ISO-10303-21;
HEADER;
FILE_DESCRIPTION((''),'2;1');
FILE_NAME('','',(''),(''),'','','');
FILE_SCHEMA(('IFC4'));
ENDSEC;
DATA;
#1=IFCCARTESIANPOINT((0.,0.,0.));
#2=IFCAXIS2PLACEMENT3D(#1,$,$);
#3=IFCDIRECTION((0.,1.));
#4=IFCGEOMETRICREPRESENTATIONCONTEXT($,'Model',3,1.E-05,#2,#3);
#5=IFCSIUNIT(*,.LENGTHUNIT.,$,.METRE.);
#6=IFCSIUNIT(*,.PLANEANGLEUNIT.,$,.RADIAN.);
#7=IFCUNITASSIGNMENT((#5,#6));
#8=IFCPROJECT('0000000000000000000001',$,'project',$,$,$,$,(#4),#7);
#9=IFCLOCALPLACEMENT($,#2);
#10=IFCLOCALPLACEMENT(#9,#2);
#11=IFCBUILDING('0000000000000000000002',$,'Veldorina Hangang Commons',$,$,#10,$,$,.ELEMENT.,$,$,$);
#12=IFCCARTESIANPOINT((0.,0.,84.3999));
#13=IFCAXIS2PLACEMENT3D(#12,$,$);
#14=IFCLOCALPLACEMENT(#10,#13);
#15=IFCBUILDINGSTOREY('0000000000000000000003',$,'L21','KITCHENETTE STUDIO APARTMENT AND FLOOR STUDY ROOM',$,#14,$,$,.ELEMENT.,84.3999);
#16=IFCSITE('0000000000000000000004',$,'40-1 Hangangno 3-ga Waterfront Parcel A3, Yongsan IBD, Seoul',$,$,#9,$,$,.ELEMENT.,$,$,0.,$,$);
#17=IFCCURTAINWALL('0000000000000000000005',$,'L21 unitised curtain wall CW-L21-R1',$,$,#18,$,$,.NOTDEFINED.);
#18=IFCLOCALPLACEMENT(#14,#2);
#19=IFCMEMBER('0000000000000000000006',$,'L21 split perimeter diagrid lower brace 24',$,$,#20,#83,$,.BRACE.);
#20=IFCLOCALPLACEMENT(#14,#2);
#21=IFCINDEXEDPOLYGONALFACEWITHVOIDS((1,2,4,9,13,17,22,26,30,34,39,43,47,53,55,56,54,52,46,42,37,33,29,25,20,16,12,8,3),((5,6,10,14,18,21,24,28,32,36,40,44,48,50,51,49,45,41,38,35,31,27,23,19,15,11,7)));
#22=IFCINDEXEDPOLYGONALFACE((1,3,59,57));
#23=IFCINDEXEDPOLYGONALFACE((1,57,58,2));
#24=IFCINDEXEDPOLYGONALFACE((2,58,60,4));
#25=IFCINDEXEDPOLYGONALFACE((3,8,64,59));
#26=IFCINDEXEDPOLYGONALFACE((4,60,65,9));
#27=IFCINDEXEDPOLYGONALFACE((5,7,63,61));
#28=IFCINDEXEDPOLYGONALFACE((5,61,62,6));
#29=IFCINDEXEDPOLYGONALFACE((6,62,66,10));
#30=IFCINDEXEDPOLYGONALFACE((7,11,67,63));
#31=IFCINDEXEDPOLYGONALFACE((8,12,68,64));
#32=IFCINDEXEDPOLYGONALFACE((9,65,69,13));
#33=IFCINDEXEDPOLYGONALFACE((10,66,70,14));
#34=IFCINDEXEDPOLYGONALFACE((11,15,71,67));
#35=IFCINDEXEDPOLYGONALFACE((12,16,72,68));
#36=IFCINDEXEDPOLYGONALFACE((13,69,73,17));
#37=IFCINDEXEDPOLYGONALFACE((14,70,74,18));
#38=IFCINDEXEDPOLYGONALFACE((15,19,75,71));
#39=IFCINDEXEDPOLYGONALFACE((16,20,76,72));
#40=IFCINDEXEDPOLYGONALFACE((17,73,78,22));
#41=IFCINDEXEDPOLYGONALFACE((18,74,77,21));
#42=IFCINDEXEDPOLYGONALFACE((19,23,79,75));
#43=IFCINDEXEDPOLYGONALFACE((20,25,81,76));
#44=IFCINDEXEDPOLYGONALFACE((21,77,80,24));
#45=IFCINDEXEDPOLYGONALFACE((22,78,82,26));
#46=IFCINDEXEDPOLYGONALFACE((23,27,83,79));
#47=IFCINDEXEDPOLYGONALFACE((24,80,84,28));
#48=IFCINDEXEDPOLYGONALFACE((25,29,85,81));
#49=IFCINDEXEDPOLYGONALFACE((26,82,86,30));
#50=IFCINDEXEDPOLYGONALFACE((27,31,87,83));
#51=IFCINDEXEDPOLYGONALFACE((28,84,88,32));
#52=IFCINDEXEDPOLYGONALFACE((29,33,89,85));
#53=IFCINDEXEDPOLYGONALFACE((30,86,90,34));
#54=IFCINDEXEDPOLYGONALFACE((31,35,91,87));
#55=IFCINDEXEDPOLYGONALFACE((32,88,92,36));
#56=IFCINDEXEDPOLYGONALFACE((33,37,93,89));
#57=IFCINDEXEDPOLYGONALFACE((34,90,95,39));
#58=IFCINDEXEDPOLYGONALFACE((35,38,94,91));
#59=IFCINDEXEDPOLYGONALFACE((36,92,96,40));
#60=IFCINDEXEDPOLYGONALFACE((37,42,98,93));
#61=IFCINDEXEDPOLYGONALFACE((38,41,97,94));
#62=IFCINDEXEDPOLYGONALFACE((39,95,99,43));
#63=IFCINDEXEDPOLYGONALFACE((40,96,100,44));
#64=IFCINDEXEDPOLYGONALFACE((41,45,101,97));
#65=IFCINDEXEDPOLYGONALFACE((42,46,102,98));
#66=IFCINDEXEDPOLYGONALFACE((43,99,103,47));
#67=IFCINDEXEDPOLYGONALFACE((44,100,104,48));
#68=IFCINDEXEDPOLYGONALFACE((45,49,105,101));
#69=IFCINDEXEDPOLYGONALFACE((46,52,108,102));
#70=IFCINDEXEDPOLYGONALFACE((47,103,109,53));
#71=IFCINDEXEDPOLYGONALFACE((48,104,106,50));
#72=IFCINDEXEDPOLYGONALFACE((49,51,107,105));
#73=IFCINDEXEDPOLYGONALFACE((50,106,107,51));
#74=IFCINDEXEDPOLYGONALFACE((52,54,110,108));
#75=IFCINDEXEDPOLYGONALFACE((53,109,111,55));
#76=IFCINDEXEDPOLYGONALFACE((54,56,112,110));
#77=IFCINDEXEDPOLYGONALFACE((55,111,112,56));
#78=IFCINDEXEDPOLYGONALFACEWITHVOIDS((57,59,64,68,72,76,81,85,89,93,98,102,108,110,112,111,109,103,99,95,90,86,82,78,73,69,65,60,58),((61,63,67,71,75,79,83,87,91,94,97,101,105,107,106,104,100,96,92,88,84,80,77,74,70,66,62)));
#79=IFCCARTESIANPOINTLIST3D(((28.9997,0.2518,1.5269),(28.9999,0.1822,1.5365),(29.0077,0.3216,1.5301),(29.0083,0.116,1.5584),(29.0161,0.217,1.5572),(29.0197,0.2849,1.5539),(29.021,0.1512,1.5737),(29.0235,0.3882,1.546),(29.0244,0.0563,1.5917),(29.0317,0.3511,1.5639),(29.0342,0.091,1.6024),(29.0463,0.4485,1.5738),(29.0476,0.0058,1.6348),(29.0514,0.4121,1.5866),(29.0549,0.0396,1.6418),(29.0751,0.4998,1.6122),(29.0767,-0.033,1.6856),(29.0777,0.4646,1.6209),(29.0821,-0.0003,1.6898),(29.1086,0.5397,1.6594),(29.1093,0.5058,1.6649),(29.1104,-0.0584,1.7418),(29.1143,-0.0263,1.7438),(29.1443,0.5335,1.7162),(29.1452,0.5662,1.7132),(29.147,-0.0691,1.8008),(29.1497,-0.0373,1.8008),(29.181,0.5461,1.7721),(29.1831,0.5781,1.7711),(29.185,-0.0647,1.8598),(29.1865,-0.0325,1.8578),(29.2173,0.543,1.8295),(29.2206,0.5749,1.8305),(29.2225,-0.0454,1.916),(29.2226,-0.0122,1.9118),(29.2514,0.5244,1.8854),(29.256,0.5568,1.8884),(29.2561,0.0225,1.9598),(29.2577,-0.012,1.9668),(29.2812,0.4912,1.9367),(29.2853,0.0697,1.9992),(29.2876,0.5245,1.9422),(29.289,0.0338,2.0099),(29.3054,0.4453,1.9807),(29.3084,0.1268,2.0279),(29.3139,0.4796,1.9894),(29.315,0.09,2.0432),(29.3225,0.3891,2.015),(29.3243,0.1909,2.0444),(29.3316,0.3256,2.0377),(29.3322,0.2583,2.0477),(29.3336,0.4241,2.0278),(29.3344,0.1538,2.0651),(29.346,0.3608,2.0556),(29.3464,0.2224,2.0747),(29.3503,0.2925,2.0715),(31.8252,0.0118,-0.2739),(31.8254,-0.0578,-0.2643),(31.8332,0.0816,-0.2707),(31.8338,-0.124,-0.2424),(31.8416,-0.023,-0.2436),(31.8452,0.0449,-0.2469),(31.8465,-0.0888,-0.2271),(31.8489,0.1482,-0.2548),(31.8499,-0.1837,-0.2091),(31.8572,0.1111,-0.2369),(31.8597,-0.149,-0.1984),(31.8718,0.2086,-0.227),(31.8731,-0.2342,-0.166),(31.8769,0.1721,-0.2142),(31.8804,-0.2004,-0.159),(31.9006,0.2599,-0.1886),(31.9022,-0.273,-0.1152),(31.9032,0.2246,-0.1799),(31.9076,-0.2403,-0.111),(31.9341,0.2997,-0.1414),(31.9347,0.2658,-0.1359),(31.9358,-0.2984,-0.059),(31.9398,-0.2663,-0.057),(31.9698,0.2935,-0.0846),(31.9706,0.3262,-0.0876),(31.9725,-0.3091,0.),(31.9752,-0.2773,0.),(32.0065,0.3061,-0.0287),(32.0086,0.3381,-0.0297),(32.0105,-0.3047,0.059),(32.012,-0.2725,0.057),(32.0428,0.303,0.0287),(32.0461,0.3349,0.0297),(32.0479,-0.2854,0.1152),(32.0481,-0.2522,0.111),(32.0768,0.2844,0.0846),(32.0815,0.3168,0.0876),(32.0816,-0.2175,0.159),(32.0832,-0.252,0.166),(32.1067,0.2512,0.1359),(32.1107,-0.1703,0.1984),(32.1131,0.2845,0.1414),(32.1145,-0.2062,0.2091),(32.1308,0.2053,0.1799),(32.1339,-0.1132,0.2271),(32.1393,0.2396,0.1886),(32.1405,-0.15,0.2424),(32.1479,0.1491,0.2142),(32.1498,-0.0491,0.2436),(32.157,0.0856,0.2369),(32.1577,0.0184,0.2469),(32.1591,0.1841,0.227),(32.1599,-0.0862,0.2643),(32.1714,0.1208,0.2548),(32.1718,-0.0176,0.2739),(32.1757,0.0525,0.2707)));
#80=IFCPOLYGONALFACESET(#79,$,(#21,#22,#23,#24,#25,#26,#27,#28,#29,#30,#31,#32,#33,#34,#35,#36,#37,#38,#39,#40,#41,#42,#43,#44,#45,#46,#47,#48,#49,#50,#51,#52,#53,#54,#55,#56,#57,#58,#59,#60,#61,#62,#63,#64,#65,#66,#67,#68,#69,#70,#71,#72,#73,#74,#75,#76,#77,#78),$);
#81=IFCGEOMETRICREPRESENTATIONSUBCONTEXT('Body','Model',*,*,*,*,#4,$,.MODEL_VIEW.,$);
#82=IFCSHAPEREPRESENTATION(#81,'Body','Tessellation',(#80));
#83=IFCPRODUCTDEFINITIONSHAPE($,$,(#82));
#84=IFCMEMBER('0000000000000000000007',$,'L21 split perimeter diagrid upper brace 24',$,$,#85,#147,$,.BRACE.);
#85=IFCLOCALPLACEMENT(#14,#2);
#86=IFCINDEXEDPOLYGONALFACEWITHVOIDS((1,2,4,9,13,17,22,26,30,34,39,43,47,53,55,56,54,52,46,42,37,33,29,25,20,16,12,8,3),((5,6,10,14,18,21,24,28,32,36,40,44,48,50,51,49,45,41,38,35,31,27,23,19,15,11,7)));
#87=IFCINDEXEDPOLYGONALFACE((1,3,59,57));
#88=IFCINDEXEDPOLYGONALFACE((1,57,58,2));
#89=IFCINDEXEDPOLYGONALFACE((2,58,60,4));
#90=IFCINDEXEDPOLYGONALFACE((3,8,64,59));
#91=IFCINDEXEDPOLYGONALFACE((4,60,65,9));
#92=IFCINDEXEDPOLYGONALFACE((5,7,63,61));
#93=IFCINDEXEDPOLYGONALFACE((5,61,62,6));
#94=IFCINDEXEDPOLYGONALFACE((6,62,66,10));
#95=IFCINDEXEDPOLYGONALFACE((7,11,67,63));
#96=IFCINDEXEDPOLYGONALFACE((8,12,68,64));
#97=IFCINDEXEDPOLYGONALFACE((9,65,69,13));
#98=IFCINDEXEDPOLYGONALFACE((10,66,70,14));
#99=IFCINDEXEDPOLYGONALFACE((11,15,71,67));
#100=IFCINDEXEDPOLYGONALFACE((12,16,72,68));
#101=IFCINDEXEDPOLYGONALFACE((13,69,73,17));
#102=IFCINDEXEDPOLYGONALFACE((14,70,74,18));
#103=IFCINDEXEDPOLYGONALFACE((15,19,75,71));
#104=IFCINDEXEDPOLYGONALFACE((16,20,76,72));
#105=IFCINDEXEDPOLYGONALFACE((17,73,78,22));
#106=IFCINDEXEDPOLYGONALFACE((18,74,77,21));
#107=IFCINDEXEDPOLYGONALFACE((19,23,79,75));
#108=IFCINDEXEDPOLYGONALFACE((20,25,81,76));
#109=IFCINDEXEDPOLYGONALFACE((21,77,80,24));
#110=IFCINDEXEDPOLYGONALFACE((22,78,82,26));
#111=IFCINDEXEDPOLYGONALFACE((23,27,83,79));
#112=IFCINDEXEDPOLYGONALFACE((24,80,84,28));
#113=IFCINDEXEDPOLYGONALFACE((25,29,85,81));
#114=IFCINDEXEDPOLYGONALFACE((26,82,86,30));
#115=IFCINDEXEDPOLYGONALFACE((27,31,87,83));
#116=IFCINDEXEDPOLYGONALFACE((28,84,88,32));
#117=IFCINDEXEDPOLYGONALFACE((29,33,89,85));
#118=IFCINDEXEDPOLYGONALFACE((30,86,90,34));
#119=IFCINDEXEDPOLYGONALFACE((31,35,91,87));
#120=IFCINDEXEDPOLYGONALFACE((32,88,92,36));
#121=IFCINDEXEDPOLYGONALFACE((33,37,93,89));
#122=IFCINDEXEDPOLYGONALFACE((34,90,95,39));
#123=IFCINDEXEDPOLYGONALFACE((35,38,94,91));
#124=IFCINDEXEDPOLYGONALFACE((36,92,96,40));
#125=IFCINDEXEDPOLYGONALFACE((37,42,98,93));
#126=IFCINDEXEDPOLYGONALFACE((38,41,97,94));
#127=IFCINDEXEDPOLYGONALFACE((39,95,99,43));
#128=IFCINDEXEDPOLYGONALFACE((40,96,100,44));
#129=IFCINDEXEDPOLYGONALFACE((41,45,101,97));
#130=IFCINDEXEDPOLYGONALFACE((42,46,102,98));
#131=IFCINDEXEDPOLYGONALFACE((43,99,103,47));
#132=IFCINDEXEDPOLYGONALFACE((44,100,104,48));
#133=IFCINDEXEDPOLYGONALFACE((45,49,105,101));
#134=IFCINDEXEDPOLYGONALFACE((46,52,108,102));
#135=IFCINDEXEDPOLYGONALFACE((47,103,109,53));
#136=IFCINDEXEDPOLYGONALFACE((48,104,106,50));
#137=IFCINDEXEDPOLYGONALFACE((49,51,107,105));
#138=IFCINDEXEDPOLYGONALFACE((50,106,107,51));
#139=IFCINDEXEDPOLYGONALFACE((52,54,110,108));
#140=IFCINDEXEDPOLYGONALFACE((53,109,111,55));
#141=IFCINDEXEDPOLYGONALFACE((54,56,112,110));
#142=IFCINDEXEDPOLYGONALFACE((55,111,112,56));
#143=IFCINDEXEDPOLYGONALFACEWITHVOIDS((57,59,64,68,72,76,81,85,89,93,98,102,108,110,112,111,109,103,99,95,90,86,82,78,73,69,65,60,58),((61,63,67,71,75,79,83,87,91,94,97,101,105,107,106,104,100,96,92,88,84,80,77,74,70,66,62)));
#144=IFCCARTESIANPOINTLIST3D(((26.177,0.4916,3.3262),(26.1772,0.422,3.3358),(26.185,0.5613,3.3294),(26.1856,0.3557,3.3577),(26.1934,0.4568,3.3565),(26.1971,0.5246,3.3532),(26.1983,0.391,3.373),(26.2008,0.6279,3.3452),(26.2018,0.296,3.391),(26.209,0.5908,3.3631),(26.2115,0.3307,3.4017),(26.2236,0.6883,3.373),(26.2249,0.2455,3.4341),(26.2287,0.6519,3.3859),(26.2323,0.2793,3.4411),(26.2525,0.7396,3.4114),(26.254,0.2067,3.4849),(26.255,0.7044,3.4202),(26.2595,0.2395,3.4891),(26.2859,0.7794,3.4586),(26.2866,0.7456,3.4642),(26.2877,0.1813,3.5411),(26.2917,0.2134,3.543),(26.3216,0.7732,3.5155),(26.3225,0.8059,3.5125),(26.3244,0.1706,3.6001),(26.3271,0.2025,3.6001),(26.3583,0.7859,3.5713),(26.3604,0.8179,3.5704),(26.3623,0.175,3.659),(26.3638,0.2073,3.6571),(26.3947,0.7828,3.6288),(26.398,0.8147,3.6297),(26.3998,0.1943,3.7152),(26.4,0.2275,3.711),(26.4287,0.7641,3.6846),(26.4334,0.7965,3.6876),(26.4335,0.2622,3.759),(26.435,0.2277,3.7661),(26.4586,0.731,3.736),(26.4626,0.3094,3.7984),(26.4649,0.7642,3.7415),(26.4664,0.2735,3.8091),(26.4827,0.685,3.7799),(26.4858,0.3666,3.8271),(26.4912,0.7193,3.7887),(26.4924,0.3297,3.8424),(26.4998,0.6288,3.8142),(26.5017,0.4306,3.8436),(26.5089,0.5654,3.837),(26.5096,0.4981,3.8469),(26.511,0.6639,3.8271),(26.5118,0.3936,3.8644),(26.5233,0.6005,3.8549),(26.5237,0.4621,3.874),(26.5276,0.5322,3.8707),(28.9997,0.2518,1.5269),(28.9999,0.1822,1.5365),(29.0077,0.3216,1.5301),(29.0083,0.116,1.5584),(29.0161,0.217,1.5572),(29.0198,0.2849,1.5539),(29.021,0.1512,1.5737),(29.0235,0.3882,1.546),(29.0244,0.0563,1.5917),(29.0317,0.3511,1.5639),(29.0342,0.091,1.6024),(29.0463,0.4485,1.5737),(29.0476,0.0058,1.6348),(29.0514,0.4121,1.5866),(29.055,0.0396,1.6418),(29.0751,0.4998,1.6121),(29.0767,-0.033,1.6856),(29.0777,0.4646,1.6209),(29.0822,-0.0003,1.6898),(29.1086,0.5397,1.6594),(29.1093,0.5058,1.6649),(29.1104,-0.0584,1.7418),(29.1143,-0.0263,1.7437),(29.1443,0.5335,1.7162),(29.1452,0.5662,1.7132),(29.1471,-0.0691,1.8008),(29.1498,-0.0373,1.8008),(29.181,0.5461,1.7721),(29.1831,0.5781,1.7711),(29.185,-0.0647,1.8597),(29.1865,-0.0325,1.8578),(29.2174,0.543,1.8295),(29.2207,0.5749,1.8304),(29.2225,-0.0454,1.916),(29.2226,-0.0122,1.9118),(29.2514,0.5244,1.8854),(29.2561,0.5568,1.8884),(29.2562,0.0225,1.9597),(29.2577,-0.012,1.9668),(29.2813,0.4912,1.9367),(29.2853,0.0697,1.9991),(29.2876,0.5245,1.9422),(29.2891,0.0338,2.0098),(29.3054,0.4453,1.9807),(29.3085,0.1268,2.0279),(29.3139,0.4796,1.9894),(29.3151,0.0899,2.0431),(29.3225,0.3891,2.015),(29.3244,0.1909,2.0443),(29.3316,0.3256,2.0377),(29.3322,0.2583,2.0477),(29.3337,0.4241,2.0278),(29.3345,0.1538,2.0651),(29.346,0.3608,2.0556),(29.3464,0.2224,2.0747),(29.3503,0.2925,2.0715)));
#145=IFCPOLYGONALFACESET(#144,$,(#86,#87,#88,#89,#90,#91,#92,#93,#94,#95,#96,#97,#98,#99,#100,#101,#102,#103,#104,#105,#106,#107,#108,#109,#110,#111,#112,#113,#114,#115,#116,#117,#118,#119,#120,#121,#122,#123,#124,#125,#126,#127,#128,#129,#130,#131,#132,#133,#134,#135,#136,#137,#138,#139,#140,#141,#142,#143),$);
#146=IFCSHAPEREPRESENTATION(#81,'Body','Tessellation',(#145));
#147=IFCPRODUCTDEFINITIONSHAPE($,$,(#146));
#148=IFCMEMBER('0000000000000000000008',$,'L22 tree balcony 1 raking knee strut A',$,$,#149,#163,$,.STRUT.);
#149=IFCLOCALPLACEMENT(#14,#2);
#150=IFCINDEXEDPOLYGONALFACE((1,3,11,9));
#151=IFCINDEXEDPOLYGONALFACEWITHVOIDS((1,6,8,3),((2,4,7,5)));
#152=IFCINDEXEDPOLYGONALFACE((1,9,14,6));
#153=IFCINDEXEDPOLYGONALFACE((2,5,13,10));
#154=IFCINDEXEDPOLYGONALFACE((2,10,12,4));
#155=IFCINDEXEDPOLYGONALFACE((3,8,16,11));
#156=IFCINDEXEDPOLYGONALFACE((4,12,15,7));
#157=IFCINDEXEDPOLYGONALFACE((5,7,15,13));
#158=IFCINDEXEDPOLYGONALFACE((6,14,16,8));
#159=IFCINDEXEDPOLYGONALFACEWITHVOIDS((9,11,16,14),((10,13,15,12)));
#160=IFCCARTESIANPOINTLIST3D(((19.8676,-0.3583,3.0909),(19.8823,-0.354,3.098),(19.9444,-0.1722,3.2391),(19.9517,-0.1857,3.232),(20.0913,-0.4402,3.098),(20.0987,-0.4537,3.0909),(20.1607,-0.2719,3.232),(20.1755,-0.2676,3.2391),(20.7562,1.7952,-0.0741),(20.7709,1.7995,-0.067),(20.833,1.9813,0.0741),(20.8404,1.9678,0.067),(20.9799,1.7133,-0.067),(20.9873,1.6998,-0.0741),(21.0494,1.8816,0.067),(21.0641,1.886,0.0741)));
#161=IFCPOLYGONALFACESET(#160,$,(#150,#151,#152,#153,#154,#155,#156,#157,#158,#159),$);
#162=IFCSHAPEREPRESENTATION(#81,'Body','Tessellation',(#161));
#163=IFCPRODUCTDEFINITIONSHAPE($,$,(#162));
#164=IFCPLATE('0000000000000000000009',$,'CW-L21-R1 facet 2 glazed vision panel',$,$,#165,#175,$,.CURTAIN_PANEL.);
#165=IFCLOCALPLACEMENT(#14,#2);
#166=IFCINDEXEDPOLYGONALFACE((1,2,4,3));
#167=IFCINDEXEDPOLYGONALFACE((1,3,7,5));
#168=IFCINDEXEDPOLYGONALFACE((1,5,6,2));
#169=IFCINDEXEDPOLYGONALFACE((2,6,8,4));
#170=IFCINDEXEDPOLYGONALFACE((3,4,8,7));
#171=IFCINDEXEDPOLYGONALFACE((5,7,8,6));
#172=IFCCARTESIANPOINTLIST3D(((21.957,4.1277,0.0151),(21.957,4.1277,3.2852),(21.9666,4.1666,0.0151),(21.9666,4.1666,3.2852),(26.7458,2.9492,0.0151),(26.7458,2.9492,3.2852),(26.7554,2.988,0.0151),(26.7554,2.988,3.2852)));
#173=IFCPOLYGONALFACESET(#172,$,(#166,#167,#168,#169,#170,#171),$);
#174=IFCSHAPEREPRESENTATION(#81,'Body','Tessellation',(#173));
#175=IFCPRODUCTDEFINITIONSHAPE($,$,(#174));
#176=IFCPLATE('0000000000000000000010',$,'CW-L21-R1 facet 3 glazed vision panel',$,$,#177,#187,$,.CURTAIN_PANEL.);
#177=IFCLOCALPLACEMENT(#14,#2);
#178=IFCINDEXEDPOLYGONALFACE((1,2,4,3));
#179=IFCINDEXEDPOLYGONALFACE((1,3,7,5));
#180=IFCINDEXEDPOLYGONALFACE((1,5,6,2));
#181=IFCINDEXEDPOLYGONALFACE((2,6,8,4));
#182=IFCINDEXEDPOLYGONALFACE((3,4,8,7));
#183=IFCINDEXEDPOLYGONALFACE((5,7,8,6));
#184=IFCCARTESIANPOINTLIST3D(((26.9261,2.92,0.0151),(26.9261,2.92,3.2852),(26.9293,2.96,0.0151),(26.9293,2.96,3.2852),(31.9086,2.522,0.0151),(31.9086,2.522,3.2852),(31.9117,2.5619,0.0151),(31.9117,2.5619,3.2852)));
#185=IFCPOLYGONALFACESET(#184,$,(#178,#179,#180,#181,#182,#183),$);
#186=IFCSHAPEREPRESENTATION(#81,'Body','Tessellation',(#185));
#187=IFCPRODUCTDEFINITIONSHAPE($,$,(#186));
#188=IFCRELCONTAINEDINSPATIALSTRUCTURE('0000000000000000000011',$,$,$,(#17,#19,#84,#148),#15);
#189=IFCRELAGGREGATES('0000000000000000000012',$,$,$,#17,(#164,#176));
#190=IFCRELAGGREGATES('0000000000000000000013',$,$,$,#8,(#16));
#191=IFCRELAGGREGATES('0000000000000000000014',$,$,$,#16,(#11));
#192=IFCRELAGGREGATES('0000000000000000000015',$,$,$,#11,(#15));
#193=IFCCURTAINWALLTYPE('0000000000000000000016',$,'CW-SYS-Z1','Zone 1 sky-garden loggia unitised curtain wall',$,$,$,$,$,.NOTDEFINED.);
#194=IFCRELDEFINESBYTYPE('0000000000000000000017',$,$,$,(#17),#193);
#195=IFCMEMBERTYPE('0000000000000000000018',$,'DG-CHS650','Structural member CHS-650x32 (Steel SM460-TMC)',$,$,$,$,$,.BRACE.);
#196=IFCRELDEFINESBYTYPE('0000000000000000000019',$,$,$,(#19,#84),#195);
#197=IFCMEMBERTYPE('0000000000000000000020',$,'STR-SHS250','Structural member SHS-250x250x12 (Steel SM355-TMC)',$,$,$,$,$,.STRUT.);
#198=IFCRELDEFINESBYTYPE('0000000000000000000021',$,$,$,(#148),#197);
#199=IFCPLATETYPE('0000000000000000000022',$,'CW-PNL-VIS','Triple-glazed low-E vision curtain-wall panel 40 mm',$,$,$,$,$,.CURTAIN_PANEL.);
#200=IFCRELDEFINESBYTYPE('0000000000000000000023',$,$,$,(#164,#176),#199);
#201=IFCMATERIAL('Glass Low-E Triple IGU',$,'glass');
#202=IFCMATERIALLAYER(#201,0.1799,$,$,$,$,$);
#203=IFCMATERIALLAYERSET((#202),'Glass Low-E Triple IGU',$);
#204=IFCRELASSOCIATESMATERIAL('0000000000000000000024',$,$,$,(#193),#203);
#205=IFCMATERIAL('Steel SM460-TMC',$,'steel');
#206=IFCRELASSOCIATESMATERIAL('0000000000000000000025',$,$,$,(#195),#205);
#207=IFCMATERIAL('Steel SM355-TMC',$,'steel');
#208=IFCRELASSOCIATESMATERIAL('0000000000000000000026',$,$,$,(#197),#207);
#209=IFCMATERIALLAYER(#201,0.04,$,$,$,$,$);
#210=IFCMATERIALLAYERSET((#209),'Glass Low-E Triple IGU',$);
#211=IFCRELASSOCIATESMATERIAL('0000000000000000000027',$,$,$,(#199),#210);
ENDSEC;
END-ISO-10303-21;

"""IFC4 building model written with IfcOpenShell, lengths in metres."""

from ifc_helpers import new_model, si_unit, direction, frame, origin, origin_2d, place, context, subcontext, project, spatial, rectangle, hollow_rectangle, hollow_circle, extrude, material, layer, layer_set, material_profile, profile_set, type_object, element, aggregate, save


model = new_model("IFC4")

# Units and contexts
model_context = context("Model", 3, precision=1e-05, world=origin(), true_north=direction((0.0, 1.0)))
body_context = subcontext(model_context, "Body", "Model", "MODEL_VIEW")
ifc_project = project(units=[si_unit("LENGTHUNIT", "METRE"), si_unit("PLANEANGLEUNIT", "RADIAN")], contexts=[model_context])

# Site, building, storey
site_placement = place(None, origin())
site = spatial("IfcSite", under=ifc_project, at=site_placement, Name="40-1 Hangangno 3-ga Waterfront Parcel A3, Yongsan IBD, Seoul", CompositionType="ELEMENT", RefElevation=0.0)
building_placement = place(site_placement, origin())
building = spatial("IfcBuilding", under=site, at=building_placement, Name="Veldorina Hangang Commons", CompositionType="ELEMENT")
storey_placement = place(building_placement, frame((0.0, 0.0, 84.3999)))
storey = spatial("IfcBuildingStorey", under=building, at=storey_placement, Name="L21", Description="KITCHENETTE STUDIO APARTMENT AND FLOOR STUDY ROOM", CompositionType="ELEMENT", Elevation=84.3999)

# Shared definitions
ifc_material_1 = material(Name="Steel SM355-TMC", Category="steel")

# Curtain wall
ifc_material_2 = material(Name="Glass Low-E Triple IGU", Category="glass")
ifc_layer_1 = layer(ifc_material_2, 0.1799)
ifc_layer_set_1 = layer_set([ifc_layer_1], Name="Glass Low-E Triple IGU")
curtain_wall_type = type_object("IfcCurtainWallType", Name="CW-SYS-Z1", Description="Zone 1 sky-garden loggia unitised curtain wall", PredefinedType="NOTDEFINED", material=ifc_layer_set_1)
curtain_wall_placement = place(storey_placement, origin())
curtain_wall = element("IfcCurtainWall", 1, at=curtain_wall_placement, inside=storey, type_object=curtain_wall_type, Name="L21 unitised curtain wall CW-L21-R1", PredefinedType="NOTDEFINED")

# Members
ifc_material_3 = material(Name="Steel SM460-TMC", Category="steel")
ifc_material_profile_1 = material_profile(ifc_material_3, hollow_circle(Radius=0.325, WallThickness=0.032, at=origin_2d()), Name="CHS-650x32")
ifc_profile_set_1 = profile_set([ifc_material_profile_1], Name="Steel SM460-TMC")
member_type_1 = type_object("IfcMemberType", Name="DG-CHS650", Description="Structural member CHS-650x32 (Steel SM460-TMC)", PredefinedType="BRACE", material=ifc_profile_set_1)
member_1_placement = place(storey_placement, frame((32.0, 0.0146, 0.0), z_axis=(-0.841131, 0.071445, 0.536091), x_axis=(-0.084634, -0.996412, 0.0)))
element("IfcMember", 2, at=member_1_placement, inside=storey, type_object=member_type_1, Name="L21 split perimeter diagrid lower brace 24", PredefinedType="BRACE", context=body_context, shape_type="SweptSolid", body=[
    extrude(hollow_circle(Radius=0.325, WallThickness=0.032, at=origin_2d()), origin(), (0.0, 0.0, 1.0), 3.3591),
])
member_2_placement = place(storey_placement, frame((29.1746, 0.2546, 1.8008), z_axis=(-0.841098, 0.071437, 0.536144), x_axis=(-0.084629, -0.996413, 0.0)))
element("IfcMember", 3, at=member_2_placement, inside=storey, type_object=member_type_1, Name="L21 split perimeter diagrid upper brace 24", PredefinedType="BRACE", context=body_context, shape_type="SweptSolid", body=[
    extrude(hollow_circle(Radius=0.325, WallThickness=0.032, at=origin_2d()), origin(), (0.0, 0.0, 1.0), 3.356),
])
ifc_material_profile_2 = material_profile(ifc_material_1, hollow_rectangle(XDim=0.25, YDim=0.25, WallThickness=0.012, at=origin_2d()), Name="SHS-250x250x12")
ifc_profile_set_2 = profile_set([ifc_material_profile_2], Name="Steel SM355-TMC")
member_type_2 = type_object("IfcMemberType", Name="STR-SHS250", Description="Structural member SHS-250x250x12 (Steel SM355-TMC)", PredefinedType="STRUT", material=ifc_profile_set_2)
member_3_placement = place(storey_placement, frame((20.9102, 1.8406, 0.0), z_axis=(-0.226124, -0.547978, 0.80535), x_axis=(0.924389, -0.381451, 0.0)))
element("IfcMember", 4, at=member_3_placement, inside=storey, type_object=member_type_2, Name="L22 tree balcony 1 raking knee strut A", PredefinedType="STRUT", context=body_context, shape_type="SweptSolid", body=[
    extrude(hollow_rectangle(XDim=0.25, YDim=0.25, WallThickness=0.012, at=origin_2d()), origin(), (0.0, 0.0, 1.0), 3.9299),
])

# Plates
ifc_layer_2 = layer(ifc_material_2, 0.04)
ifc_layer_set_2 = layer_set([ifc_layer_2], Name="Glass Low-E Triple IGU")
plate_type_1 = type_object("IfcPlateType", Name="CW-PNL-VIS", Description="Triple-glazed low-E vision curtain-wall panel 40 mm", PredefinedType="CURTAIN_PANEL", material=ifc_layer_set_2)
plate_1_placement = place(storey_placement, frame((24.3562, 3.5579, 0.0151), z_axis=(0.0, 0.0, 1.0), x_axis=(0.971026, -0.238974, 0.0)))
plate_1 = element("IfcPlate", 5, at=plate_1_placement, type_object=plate_type_1, Name="CW-L21-R1 facet 2 glazed vision panel", PredefinedType="CURTAIN_PANEL", context=body_context, shape_type="SweptSolid", body=[
    extrude(rectangle(XDim=4.9316, YDim=0.04, at=origin_2d()), origin(), (0.0, 0.0, 1.0), 3.27),
])
plate_2_placement = place(storey_placement, frame((29.4189, 2.741, 0.0151), z_axis=(0.0, 0.0, 1.0), x_axis=(0.996824, -0.079642, 0.0)))
plate_2 = element("IfcPlate", 6, at=plate_2_placement, type_object=plate_type_1, Name="CW-L21-R1 facet 3 glazed vision panel", PredefinedType="CURTAIN_PANEL", context=body_context, shape_type="SweptSolid", body=[
    extrude(rectangle(XDim=4.9983, YDim=0.04, at=origin_2d()), origin(), (0.0, 0.0, 1.0), 3.27),
])
aggregate(curtain_wall, [plate_1, plate_2])

save(model, "model.ifc")
